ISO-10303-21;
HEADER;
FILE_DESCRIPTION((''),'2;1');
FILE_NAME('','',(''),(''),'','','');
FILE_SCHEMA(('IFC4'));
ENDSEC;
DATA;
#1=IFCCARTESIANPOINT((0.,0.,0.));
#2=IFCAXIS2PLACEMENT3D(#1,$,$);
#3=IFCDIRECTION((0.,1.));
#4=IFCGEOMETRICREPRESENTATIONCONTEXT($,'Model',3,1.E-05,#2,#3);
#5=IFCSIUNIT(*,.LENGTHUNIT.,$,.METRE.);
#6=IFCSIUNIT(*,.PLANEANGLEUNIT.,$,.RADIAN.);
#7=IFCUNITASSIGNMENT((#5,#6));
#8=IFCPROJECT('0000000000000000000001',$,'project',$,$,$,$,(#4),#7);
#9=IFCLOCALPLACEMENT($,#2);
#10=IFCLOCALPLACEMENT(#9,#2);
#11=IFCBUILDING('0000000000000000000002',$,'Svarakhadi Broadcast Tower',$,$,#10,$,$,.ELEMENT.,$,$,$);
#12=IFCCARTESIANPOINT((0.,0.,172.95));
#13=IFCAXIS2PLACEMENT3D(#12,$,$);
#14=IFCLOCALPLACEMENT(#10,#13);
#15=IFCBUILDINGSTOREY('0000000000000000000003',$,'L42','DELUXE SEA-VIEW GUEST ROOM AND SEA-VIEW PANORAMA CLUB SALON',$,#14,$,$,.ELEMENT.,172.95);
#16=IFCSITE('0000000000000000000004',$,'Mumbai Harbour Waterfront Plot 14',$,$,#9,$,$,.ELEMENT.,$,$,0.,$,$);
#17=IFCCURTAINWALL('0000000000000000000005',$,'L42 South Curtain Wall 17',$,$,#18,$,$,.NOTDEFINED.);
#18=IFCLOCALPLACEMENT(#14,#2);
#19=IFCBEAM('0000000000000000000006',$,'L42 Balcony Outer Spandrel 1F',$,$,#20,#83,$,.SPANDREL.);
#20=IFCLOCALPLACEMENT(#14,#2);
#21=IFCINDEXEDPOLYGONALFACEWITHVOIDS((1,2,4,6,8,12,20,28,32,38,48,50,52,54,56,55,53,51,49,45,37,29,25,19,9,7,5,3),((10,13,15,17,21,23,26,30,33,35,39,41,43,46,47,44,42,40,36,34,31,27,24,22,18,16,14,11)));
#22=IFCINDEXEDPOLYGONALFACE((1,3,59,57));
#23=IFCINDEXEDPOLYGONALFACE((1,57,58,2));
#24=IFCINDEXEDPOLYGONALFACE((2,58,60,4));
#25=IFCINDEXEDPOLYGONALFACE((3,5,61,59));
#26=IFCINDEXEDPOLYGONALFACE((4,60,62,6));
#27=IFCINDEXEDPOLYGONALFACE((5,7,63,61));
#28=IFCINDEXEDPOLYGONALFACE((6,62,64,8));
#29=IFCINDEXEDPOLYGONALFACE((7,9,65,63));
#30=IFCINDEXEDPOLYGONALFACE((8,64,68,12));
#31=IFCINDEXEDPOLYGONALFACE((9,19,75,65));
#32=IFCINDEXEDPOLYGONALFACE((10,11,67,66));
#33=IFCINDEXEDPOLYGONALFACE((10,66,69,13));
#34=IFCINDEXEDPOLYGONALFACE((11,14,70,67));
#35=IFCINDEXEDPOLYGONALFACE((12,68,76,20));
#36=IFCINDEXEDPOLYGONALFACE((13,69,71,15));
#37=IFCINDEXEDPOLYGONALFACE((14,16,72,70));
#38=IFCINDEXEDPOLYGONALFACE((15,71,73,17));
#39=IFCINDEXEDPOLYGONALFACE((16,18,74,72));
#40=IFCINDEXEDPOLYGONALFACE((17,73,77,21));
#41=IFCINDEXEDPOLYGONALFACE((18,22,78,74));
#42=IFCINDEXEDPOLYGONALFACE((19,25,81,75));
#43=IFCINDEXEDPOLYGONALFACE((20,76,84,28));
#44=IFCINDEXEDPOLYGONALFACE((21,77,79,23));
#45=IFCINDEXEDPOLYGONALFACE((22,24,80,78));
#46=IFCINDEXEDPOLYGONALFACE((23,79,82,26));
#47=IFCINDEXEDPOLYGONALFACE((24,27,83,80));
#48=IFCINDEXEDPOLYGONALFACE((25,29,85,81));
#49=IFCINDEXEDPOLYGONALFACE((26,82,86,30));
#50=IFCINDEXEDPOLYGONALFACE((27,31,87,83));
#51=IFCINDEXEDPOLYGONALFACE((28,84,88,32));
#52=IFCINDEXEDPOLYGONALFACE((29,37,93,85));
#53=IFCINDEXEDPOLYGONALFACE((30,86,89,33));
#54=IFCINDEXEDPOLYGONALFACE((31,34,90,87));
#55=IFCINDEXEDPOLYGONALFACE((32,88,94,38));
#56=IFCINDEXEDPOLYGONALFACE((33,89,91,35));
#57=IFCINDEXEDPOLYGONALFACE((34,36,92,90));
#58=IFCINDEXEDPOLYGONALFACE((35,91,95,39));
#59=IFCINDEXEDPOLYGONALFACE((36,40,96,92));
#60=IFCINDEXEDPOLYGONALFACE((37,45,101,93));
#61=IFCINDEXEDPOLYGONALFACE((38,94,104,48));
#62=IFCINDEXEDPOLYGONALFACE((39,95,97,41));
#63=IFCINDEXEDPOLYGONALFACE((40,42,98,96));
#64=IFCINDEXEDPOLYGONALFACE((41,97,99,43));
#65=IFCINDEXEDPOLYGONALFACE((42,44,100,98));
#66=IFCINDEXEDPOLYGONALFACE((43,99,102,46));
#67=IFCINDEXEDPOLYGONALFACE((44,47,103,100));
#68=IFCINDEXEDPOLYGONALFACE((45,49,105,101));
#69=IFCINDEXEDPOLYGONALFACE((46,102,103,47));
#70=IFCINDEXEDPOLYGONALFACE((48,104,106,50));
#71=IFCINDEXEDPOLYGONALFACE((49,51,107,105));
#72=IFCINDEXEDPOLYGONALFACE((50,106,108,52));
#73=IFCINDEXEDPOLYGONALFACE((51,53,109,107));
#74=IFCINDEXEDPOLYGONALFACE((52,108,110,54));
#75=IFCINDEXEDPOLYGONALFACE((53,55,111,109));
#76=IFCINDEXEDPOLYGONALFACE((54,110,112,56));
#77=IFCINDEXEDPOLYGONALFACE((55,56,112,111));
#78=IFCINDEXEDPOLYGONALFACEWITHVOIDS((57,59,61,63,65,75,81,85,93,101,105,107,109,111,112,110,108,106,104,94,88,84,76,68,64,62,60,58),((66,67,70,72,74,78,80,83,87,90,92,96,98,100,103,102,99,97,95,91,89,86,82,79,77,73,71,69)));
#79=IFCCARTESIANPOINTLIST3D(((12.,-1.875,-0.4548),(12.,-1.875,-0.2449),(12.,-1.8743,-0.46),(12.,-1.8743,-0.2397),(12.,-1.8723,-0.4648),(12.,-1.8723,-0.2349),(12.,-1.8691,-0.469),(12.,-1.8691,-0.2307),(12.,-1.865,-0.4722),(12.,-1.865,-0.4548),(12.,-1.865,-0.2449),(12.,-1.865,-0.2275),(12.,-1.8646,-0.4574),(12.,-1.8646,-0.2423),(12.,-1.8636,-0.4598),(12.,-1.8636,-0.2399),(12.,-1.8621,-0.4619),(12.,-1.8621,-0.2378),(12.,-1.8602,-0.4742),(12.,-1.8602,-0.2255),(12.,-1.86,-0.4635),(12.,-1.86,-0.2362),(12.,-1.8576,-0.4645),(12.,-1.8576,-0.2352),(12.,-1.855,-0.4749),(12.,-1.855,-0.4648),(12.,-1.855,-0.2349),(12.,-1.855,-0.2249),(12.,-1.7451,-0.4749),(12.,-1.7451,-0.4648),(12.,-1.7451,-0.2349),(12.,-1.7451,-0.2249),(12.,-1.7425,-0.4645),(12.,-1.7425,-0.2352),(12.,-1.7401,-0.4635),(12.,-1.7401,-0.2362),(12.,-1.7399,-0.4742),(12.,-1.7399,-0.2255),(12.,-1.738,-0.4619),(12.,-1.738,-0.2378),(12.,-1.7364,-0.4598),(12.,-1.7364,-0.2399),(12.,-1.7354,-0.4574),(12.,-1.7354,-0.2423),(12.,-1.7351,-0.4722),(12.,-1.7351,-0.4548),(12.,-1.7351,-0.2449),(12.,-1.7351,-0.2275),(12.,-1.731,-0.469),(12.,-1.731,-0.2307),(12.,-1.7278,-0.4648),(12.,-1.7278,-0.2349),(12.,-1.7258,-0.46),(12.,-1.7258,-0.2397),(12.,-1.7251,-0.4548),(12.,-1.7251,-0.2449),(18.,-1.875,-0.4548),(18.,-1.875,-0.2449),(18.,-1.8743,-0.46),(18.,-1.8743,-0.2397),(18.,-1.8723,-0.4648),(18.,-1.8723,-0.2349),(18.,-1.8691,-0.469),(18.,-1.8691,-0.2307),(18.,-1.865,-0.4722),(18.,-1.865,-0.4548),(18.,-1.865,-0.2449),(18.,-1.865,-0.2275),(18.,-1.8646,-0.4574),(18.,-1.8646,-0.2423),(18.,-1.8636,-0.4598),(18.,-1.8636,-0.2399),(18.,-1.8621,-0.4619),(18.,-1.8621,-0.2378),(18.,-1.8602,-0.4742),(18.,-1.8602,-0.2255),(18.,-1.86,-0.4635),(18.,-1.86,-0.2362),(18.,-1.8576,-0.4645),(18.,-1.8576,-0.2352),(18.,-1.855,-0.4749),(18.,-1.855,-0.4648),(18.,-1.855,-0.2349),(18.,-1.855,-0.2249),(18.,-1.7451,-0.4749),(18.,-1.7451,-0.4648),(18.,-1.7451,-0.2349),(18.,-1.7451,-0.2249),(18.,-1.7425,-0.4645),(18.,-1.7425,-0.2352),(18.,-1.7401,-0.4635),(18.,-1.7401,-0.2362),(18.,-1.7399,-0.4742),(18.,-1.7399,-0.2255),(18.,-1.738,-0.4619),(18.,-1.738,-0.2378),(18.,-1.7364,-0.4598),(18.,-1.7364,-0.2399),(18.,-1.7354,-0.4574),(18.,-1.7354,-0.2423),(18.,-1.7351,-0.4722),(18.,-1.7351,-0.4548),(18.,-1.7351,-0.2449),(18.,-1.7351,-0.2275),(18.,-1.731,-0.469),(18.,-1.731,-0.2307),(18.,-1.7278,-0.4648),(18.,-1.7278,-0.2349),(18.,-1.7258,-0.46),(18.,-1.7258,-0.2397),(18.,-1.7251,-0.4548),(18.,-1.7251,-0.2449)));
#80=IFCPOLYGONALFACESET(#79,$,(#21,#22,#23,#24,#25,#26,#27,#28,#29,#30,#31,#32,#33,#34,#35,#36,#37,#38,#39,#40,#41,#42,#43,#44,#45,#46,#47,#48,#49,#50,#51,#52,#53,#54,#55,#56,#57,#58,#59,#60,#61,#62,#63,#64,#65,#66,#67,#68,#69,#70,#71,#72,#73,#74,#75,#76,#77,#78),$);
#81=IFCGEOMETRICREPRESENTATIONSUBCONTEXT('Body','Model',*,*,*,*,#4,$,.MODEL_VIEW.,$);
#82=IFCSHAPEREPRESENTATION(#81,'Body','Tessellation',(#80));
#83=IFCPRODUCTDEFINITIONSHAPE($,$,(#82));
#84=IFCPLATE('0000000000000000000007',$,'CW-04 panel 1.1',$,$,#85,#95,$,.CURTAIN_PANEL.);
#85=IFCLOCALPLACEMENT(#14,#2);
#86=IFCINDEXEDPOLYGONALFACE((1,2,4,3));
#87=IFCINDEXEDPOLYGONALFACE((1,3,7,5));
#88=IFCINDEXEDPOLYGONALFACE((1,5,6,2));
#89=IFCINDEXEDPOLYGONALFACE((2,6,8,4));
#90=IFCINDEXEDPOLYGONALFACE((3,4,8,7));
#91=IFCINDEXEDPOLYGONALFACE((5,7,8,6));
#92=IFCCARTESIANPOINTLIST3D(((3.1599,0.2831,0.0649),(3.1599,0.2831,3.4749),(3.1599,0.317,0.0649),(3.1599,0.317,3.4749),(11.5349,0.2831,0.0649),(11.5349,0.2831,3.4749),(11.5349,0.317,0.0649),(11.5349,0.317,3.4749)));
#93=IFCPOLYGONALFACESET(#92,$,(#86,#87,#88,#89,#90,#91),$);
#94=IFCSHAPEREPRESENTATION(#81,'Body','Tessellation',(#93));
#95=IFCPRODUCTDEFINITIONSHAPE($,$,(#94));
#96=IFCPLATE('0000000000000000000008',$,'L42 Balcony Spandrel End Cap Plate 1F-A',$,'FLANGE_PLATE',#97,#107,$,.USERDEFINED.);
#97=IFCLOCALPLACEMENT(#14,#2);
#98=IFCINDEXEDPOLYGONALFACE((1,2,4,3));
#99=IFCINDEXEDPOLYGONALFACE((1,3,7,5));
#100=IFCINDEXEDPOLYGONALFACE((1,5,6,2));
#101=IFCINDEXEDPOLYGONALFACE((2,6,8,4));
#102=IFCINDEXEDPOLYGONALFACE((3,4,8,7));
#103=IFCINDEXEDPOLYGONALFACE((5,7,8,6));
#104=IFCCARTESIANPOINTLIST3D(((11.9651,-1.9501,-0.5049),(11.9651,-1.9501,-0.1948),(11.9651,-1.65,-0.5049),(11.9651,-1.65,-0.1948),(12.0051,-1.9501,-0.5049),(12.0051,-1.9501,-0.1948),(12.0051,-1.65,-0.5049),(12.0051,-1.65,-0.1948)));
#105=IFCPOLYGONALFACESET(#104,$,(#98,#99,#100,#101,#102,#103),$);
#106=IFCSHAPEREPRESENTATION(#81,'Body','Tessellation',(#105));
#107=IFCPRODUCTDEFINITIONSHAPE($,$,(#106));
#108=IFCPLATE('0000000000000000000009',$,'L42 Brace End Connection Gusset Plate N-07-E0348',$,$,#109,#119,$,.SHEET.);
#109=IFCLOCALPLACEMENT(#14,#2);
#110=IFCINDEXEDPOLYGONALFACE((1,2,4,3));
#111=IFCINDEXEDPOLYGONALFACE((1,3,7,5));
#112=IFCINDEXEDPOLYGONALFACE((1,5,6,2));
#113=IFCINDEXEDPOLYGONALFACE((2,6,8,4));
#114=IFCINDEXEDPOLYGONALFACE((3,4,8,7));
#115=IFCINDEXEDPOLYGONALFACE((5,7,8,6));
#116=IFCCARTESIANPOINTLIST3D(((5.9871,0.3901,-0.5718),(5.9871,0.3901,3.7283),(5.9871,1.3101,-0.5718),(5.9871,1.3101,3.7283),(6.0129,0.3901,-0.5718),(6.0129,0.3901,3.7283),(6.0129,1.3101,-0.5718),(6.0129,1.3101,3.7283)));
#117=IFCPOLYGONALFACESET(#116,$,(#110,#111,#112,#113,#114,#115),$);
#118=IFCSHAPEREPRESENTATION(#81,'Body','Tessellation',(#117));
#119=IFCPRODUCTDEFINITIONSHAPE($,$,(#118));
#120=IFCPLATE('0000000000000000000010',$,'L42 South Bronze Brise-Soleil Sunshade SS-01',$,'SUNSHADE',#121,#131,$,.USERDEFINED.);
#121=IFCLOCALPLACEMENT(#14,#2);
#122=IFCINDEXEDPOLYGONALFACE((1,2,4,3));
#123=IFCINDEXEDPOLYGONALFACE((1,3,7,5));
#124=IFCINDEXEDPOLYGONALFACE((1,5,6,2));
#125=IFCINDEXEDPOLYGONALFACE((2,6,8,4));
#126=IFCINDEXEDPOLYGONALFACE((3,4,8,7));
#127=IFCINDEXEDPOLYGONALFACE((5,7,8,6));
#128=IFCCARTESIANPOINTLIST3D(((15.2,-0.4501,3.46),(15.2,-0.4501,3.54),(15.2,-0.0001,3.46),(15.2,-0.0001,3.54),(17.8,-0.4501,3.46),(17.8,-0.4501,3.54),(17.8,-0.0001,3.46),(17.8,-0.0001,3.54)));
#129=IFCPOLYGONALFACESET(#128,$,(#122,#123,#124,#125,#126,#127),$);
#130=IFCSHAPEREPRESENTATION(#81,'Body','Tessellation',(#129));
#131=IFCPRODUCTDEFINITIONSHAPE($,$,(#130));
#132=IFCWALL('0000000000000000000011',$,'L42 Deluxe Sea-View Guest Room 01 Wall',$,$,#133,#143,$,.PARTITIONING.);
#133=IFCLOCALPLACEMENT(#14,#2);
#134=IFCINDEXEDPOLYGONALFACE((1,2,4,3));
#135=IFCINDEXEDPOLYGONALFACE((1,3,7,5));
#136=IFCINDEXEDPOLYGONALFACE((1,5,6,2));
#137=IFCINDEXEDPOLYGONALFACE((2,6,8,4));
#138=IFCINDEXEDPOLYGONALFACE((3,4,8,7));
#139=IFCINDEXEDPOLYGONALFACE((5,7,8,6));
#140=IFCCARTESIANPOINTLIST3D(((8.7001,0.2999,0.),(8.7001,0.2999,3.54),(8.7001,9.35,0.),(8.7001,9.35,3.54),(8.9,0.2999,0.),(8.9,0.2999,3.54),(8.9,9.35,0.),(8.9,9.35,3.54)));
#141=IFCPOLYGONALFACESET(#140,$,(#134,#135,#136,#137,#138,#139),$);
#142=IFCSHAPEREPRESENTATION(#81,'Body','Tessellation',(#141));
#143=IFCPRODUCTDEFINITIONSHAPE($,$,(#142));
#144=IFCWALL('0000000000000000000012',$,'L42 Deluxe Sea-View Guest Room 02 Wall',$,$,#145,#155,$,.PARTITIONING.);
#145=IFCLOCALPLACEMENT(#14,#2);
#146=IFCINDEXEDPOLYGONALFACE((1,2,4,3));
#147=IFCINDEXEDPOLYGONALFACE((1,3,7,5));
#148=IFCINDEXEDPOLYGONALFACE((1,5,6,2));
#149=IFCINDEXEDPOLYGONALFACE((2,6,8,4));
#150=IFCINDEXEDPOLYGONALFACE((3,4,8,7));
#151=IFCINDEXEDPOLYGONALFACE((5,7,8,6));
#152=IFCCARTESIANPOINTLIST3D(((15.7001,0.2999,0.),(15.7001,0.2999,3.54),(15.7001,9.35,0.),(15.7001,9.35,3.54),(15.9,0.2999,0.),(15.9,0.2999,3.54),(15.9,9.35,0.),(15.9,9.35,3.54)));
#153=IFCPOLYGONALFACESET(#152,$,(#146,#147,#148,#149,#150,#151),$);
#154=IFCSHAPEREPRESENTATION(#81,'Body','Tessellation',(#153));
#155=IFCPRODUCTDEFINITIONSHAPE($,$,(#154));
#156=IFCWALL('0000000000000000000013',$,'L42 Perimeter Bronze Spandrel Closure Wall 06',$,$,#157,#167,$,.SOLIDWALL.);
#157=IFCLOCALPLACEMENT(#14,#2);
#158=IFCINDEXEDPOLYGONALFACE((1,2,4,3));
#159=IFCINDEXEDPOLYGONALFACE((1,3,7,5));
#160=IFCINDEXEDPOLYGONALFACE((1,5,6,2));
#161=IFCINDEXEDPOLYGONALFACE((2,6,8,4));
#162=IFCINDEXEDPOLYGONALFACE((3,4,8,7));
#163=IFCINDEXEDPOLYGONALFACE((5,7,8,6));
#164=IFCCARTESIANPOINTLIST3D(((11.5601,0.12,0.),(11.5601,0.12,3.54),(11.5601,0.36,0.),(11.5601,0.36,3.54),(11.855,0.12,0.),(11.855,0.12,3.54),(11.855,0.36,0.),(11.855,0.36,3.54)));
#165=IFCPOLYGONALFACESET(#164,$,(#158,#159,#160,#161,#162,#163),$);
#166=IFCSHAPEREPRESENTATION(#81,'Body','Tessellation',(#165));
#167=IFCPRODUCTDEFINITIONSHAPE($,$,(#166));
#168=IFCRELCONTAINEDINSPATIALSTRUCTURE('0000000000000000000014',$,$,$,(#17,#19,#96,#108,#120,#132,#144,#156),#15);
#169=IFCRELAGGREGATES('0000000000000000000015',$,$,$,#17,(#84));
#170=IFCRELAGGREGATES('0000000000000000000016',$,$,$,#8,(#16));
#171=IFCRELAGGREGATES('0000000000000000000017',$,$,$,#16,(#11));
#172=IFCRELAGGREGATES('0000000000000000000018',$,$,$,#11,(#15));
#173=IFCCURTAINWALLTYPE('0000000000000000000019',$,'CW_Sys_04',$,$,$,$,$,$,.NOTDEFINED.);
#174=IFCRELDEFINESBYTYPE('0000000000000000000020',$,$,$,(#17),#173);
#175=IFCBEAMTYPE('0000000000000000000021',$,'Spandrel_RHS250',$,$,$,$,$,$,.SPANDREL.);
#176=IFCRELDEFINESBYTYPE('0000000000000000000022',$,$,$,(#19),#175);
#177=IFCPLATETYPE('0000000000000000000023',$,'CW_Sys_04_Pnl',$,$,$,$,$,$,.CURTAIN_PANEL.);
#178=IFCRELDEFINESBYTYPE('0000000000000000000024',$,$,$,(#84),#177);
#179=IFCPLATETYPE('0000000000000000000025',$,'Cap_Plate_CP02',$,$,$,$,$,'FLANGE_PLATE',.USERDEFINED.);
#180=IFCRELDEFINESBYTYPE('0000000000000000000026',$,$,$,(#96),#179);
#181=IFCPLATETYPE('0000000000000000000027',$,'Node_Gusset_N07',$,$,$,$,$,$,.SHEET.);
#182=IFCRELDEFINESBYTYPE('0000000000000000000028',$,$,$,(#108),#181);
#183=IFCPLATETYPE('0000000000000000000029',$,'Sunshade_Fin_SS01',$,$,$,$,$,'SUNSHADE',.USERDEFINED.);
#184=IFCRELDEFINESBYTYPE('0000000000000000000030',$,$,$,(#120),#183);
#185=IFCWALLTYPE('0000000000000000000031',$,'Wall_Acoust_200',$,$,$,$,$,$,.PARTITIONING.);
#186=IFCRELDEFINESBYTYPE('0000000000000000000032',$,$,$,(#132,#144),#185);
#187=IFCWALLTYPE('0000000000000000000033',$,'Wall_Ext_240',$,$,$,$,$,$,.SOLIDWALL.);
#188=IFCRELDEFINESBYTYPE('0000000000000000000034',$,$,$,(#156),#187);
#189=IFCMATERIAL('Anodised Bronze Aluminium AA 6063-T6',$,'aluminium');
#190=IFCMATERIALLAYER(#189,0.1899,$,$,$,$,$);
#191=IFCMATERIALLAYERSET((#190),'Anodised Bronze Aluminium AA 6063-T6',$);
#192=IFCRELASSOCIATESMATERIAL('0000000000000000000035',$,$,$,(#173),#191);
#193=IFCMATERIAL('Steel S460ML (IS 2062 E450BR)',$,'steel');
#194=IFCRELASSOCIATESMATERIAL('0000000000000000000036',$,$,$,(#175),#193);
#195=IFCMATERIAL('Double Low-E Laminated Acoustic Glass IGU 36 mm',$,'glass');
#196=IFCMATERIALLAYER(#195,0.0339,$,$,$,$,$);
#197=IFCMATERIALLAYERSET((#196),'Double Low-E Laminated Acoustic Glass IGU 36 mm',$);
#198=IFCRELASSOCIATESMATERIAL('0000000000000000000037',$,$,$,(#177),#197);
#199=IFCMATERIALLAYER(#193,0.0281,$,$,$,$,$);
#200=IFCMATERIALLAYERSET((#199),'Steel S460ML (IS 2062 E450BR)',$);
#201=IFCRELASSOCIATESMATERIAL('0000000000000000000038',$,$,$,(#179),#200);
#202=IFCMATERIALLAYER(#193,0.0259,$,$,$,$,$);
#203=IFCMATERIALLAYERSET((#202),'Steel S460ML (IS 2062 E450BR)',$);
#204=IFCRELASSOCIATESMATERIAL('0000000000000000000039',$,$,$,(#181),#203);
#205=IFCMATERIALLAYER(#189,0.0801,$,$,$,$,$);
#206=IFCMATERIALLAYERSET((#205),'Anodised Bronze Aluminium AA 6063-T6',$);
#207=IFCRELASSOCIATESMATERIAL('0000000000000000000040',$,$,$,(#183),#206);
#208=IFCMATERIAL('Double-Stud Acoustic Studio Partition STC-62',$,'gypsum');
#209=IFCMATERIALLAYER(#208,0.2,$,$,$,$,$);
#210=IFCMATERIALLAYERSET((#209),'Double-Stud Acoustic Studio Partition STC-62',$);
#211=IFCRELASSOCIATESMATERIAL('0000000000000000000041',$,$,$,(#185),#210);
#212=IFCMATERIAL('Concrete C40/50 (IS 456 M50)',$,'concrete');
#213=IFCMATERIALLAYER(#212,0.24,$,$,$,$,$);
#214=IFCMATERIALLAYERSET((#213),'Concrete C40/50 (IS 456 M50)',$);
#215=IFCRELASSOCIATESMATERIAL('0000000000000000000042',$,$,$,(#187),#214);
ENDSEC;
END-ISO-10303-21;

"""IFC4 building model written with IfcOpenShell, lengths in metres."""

from ifc_helpers import new_model, si_unit, direction, frame, frame_2d, origin, origin_2d, place, context, subcontext, project, spatial, rectangle, hollow_rectangle, extrude, material, layer, layer_set, material_profile, profile_set, type_object, element, aggregate, save


model = new_model("IFC4")

# Units and contexts
model_context = context("Model", 3, precision=1e-05, world=origin(), true_north=direction((0.0, 1.0)))
body_context = subcontext(model_context, "Body", "Model", "MODEL_VIEW")
ifc_project = project(units=[si_unit("LENGTHUNIT", "METRE"), si_unit("PLANEANGLEUNIT", "RADIAN")], contexts=[model_context])

# Site, building, storey
site_placement = place(None, origin())
site = spatial("IfcSite", under=ifc_project, at=site_placement, Name="Mumbai Harbour Waterfront Plot 14", CompositionType="ELEMENT", RefElevation=0.0)
building_placement = place(site_placement, origin())
building = spatial("IfcBuilding", under=site, at=building_placement, Name="Svarakhadi Broadcast Tower", CompositionType="ELEMENT")
storey_placement = place(building_placement, frame((0.0, 0.0, 172.95)))
storey = spatial("IfcBuildingStorey", under=building, at=storey_placement, Name="L42", Description="DELUXE SEA-VIEW GUEST ROOM AND SEA-VIEW PANORAMA CLUB SALON", CompositionType="ELEMENT", Elevation=172.95)

# Shared definitions
ifc_material_1 = material(Name="Steel S460ML (IS 2062 E450BR)", Category="steel")

# Curtain wall
ifc_material_2 = material(Name="Anodised Bronze Aluminium AA 6063-T6", Category="aluminium")
ifc_layer_1 = layer(ifc_material_2, 0.1899)
ifc_layer_set_1 = layer_set([ifc_layer_1], Name="Anodised Bronze Aluminium AA 6063-T6")
curtain_wall_type = type_object("IfcCurtainWallType", Name="CW_Sys_04", PredefinedType="NOTDEFINED", material=ifc_layer_set_1)
curtain_wall_placement = place(storey_placement, origin())
curtain_wall = element("IfcCurtainWall", 1, at=curtain_wall_placement, inside=storey, type_object=curtain_wall_type, Name="L42 South Curtain Wall 17", PredefinedType="NOTDEFINED")

# Beam
ifc_material_profile_1 = material_profile(ifc_material_1, hollow_rectangle(XDim=0.1499, YDim=0.25, WallThickness=0.01, InnerFilletRadius=0.01, OuterFilletRadius=0.02, at=origin_2d()), Name="RHS 250x150x10")
ifc_profile_set_1 = profile_set([ifc_material_profile_1], Name="Steel S460ML (IS 2062 E450BR)")
beam_type_1 = type_object("IfcBeamType", Name="Spandrel_RHS250", PredefinedType="SPANDREL", material=ifc_profile_set_1)
beam_1_placement = place(storey_placement, frame((12.0, -1.8, -0.3499), z_axis=(1.0, 0.0, 0.0), x_axis=(0.0, 1.0, 0.0)))
element("IfcBeam", 2, at=beam_1_placement, inside=storey, type_object=beam_type_1, Name="L42 Balcony Outer Spandrel 1F", PredefinedType="SPANDREL", context=body_context, shape_type="SweptSolid", body=[
    extrude(hollow_rectangle(XDim=0.1499, YDim=0.25, WallThickness=0.01, InnerFilletRadius=0.01, OuterFilletRadius=0.02, at=origin_2d()), origin(), (0.0, 0.0, 1.0), 6.0),
])

# Plate
ifc_material_3 = material(Name="Double Low-E Laminated Acoustic Glass IGU 36 mm", Category="glass")
ifc_layer_2 = layer(ifc_material_3, 0.0339)
ifc_layer_set_2 = layer_set([ifc_layer_2], Name="Double Low-E Laminated Acoustic Glass IGU 36 mm")
plate_type_1 = type_object("IfcPlateType", Name="CW_Sys_04_Pnl", PredefinedType="CURTAIN_PANEL", material=ifc_layer_set_2)
plate_1_placement = place(storey_placement, frame((7.3474, 0.3, 0.0649), z_axis=(0.0, 0.0, 1.0), x_axis=(-1.0, 0.0, 0.0)))
plate_1 = element("IfcPlate", 3, at=plate_1_placement, type_object=plate_type_1, Name="CW-04 panel 1.1", PredefinedType="CURTAIN_PANEL", context=body_context, shape_type="SweptSolid", body=[
    extrude(rectangle(XDim=8.375, YDim=0.0339, at=origin_2d()), origin(), (0.0, 0.0, 1.0), 3.4099),
])
aggregate(curtain_wall, [plate_1])

# Plates
ifc_layer_3 = layer(ifc_material_1, 0.0281)
ifc_layer_set_3 = layer_set([ifc_layer_3], Name="Steel S460ML (IS 2062 E450BR)")
plate_type_2 = type_object("IfcPlateType", Name="Cap_Plate_CP02", ElementType="FLANGE_PLATE", PredefinedType="USERDEFINED", material=ifc_layer_set_3)
plate_2_placement = place(storey_placement, frame((11.9851, -1.8, -0.5049), z_axis=(0.0, 0.0, 1.0), x_axis=(1.0, 0.0, 0.0)))
element("IfcPlate", 4, at=plate_2_placement, inside=storey, type_object=plate_type_2, Name="L42 Balcony Spandrel End Cap Plate 1F-A", ObjectType="FLANGE_PLATE", PredefinedType="USERDEFINED", context=body_context, shape_type="SweptSolid", body=[
    extrude(rectangle(XDim=0.04, YDim=0.3, at=origin_2d()), origin(), (0.0, 0.0, 1.0), 0.3101),
])
ifc_layer_4 = layer(ifc_material_1, 0.0259)
ifc_layer_set_4 = layer_set([ifc_layer_4], Name="Steel S460ML (IS 2062 E450BR)")
plate_type_3 = type_object("IfcPlateType", Name="Node_Gusset_N07", PredefinedType="SHEET", material=ifc_layer_set_4)
plate_3_placement = place(storey_placement, frame((6.0, 0.8501, -0.5718), z_axis=(0.0, 0.0, 1.0), x_axis=(0.0, 1.0, 0.0)))
element("IfcPlate", 5, at=plate_3_placement, inside=storey, type_object=plate_type_3, Name="L42 Brace End Connection Gusset Plate N-07-E0348", PredefinedType="SHEET", context=body_context, shape_type="SweptSolid", body=[
    extrude(rectangle(XDim=0.9199, YDim=0.0259, at=origin_2d()), origin(), (0.0, 0.0, 1.0), 4.3),
])
ifc_layer_5 = layer(ifc_material_2, 0.0801)
ifc_layer_set_5 = layer_set([ifc_layer_5], Name="Anodised Bronze Aluminium AA 6063-T6")
plate_type_4 = type_object("IfcPlateType", Name="Sunshade_Fin_SS01", ElementType="SUNSHADE", PredefinedType="USERDEFINED", material=ifc_layer_set_5)
plate_4_placement = place(storey_placement, frame((16.5, -0.2251, 3.46), z_axis=(0.0, 0.0, 1.0), x_axis=(1.0, 0.0, 0.0)))
element("IfcPlate", 6, at=plate_4_placement, inside=storey, type_object=plate_type_4, Name="L42 South Bronze Brise-Soleil Sunshade SS-01", ObjectType="SUNSHADE", PredefinedType="USERDEFINED", context=body_context, shape_type="SweptSolid", body=[
    extrude(rectangle(XDim=2.6001, YDim=0.45, at=origin_2d()), origin(), (0.0, 0.0, 1.0), 0.0801),
])

# Walls
ifc_material_4 = material(Name="Double-Stud Acoustic Studio Partition STC-62", Category="gypsum")
ifc_layer_6 = layer(ifc_material_4, 0.2)
ifc_layer_set_6 = layer_set([ifc_layer_6], Name="Double-Stud Acoustic Studio Partition STC-62")
wall_type_1 = type_object("IfcWallType", Name="Wall_Acoust_200", PredefinedType="PARTITIONING", material=ifc_layer_set_6)
for number, where, z_axis, x_axis, name in (
    (7, (8.8, 0.3, 0.0), (0.0, 0.0, 1.0), (0.0, 1.0, 0.0), "L42 Deluxe Sea-View Guest Room 01 Wall"),
    (8, (15.8, 0.3, 0.0), (0.0, 0.0, 1.0), (0.0, 1.0, 0.0), "L42 Deluxe Sea-View Guest Room 02 Wall"),
):
    element("IfcWall", number, at=place(storey_placement, frame(where, z_axis=z_axis, x_axis=x_axis)), inside=storey, type_object=wall_type_1, Name=name, PredefinedType="PARTITIONING", context=body_context, shape_type="SweptSolid", body=[
        extrude(rectangle(XDim=9.05, YDim=0.2, at=frame_2d((4.5249, 0.0))), origin(), (0.0, 0.0, 1.0), 3.54),
    ])
ifc_material_5 = material(Name="Concrete C40/50 (IS 456 M50)", Category="concrete")
ifc_layer_7 = layer(ifc_material_5, 0.24)
ifc_layer_set_7 = layer_set([ifc_layer_7], Name="Concrete C40/50 (IS 456 M50)")
wall_type_2 = type_object("IfcWallType", Name="Wall_Ext_240", PredefinedType="SOLIDWALL", material=ifc_layer_set_7)
wall_placement = place(storey_placement, frame((11.855, 0.24, 0.0), z_axis=(0.0, 0.0, 1.0), x_axis=(-1.0, 0.0, 0.0)))
element("IfcWall", 9, at=wall_placement, inside=storey, type_object=wall_type_2, Name="L42 Perimeter Bronze Spandrel Closure Wall 06", PredefinedType="SOLIDWALL", context=body_context, shape_type="SweptSolid", body=[
    extrude(rectangle(XDim=0.2949, YDim=0.24, at=frame_2d((0.1475, 0.0))), origin(), (0.0, 0.0, 1.0), 3.54),
])

save(model, "model.ifc")
